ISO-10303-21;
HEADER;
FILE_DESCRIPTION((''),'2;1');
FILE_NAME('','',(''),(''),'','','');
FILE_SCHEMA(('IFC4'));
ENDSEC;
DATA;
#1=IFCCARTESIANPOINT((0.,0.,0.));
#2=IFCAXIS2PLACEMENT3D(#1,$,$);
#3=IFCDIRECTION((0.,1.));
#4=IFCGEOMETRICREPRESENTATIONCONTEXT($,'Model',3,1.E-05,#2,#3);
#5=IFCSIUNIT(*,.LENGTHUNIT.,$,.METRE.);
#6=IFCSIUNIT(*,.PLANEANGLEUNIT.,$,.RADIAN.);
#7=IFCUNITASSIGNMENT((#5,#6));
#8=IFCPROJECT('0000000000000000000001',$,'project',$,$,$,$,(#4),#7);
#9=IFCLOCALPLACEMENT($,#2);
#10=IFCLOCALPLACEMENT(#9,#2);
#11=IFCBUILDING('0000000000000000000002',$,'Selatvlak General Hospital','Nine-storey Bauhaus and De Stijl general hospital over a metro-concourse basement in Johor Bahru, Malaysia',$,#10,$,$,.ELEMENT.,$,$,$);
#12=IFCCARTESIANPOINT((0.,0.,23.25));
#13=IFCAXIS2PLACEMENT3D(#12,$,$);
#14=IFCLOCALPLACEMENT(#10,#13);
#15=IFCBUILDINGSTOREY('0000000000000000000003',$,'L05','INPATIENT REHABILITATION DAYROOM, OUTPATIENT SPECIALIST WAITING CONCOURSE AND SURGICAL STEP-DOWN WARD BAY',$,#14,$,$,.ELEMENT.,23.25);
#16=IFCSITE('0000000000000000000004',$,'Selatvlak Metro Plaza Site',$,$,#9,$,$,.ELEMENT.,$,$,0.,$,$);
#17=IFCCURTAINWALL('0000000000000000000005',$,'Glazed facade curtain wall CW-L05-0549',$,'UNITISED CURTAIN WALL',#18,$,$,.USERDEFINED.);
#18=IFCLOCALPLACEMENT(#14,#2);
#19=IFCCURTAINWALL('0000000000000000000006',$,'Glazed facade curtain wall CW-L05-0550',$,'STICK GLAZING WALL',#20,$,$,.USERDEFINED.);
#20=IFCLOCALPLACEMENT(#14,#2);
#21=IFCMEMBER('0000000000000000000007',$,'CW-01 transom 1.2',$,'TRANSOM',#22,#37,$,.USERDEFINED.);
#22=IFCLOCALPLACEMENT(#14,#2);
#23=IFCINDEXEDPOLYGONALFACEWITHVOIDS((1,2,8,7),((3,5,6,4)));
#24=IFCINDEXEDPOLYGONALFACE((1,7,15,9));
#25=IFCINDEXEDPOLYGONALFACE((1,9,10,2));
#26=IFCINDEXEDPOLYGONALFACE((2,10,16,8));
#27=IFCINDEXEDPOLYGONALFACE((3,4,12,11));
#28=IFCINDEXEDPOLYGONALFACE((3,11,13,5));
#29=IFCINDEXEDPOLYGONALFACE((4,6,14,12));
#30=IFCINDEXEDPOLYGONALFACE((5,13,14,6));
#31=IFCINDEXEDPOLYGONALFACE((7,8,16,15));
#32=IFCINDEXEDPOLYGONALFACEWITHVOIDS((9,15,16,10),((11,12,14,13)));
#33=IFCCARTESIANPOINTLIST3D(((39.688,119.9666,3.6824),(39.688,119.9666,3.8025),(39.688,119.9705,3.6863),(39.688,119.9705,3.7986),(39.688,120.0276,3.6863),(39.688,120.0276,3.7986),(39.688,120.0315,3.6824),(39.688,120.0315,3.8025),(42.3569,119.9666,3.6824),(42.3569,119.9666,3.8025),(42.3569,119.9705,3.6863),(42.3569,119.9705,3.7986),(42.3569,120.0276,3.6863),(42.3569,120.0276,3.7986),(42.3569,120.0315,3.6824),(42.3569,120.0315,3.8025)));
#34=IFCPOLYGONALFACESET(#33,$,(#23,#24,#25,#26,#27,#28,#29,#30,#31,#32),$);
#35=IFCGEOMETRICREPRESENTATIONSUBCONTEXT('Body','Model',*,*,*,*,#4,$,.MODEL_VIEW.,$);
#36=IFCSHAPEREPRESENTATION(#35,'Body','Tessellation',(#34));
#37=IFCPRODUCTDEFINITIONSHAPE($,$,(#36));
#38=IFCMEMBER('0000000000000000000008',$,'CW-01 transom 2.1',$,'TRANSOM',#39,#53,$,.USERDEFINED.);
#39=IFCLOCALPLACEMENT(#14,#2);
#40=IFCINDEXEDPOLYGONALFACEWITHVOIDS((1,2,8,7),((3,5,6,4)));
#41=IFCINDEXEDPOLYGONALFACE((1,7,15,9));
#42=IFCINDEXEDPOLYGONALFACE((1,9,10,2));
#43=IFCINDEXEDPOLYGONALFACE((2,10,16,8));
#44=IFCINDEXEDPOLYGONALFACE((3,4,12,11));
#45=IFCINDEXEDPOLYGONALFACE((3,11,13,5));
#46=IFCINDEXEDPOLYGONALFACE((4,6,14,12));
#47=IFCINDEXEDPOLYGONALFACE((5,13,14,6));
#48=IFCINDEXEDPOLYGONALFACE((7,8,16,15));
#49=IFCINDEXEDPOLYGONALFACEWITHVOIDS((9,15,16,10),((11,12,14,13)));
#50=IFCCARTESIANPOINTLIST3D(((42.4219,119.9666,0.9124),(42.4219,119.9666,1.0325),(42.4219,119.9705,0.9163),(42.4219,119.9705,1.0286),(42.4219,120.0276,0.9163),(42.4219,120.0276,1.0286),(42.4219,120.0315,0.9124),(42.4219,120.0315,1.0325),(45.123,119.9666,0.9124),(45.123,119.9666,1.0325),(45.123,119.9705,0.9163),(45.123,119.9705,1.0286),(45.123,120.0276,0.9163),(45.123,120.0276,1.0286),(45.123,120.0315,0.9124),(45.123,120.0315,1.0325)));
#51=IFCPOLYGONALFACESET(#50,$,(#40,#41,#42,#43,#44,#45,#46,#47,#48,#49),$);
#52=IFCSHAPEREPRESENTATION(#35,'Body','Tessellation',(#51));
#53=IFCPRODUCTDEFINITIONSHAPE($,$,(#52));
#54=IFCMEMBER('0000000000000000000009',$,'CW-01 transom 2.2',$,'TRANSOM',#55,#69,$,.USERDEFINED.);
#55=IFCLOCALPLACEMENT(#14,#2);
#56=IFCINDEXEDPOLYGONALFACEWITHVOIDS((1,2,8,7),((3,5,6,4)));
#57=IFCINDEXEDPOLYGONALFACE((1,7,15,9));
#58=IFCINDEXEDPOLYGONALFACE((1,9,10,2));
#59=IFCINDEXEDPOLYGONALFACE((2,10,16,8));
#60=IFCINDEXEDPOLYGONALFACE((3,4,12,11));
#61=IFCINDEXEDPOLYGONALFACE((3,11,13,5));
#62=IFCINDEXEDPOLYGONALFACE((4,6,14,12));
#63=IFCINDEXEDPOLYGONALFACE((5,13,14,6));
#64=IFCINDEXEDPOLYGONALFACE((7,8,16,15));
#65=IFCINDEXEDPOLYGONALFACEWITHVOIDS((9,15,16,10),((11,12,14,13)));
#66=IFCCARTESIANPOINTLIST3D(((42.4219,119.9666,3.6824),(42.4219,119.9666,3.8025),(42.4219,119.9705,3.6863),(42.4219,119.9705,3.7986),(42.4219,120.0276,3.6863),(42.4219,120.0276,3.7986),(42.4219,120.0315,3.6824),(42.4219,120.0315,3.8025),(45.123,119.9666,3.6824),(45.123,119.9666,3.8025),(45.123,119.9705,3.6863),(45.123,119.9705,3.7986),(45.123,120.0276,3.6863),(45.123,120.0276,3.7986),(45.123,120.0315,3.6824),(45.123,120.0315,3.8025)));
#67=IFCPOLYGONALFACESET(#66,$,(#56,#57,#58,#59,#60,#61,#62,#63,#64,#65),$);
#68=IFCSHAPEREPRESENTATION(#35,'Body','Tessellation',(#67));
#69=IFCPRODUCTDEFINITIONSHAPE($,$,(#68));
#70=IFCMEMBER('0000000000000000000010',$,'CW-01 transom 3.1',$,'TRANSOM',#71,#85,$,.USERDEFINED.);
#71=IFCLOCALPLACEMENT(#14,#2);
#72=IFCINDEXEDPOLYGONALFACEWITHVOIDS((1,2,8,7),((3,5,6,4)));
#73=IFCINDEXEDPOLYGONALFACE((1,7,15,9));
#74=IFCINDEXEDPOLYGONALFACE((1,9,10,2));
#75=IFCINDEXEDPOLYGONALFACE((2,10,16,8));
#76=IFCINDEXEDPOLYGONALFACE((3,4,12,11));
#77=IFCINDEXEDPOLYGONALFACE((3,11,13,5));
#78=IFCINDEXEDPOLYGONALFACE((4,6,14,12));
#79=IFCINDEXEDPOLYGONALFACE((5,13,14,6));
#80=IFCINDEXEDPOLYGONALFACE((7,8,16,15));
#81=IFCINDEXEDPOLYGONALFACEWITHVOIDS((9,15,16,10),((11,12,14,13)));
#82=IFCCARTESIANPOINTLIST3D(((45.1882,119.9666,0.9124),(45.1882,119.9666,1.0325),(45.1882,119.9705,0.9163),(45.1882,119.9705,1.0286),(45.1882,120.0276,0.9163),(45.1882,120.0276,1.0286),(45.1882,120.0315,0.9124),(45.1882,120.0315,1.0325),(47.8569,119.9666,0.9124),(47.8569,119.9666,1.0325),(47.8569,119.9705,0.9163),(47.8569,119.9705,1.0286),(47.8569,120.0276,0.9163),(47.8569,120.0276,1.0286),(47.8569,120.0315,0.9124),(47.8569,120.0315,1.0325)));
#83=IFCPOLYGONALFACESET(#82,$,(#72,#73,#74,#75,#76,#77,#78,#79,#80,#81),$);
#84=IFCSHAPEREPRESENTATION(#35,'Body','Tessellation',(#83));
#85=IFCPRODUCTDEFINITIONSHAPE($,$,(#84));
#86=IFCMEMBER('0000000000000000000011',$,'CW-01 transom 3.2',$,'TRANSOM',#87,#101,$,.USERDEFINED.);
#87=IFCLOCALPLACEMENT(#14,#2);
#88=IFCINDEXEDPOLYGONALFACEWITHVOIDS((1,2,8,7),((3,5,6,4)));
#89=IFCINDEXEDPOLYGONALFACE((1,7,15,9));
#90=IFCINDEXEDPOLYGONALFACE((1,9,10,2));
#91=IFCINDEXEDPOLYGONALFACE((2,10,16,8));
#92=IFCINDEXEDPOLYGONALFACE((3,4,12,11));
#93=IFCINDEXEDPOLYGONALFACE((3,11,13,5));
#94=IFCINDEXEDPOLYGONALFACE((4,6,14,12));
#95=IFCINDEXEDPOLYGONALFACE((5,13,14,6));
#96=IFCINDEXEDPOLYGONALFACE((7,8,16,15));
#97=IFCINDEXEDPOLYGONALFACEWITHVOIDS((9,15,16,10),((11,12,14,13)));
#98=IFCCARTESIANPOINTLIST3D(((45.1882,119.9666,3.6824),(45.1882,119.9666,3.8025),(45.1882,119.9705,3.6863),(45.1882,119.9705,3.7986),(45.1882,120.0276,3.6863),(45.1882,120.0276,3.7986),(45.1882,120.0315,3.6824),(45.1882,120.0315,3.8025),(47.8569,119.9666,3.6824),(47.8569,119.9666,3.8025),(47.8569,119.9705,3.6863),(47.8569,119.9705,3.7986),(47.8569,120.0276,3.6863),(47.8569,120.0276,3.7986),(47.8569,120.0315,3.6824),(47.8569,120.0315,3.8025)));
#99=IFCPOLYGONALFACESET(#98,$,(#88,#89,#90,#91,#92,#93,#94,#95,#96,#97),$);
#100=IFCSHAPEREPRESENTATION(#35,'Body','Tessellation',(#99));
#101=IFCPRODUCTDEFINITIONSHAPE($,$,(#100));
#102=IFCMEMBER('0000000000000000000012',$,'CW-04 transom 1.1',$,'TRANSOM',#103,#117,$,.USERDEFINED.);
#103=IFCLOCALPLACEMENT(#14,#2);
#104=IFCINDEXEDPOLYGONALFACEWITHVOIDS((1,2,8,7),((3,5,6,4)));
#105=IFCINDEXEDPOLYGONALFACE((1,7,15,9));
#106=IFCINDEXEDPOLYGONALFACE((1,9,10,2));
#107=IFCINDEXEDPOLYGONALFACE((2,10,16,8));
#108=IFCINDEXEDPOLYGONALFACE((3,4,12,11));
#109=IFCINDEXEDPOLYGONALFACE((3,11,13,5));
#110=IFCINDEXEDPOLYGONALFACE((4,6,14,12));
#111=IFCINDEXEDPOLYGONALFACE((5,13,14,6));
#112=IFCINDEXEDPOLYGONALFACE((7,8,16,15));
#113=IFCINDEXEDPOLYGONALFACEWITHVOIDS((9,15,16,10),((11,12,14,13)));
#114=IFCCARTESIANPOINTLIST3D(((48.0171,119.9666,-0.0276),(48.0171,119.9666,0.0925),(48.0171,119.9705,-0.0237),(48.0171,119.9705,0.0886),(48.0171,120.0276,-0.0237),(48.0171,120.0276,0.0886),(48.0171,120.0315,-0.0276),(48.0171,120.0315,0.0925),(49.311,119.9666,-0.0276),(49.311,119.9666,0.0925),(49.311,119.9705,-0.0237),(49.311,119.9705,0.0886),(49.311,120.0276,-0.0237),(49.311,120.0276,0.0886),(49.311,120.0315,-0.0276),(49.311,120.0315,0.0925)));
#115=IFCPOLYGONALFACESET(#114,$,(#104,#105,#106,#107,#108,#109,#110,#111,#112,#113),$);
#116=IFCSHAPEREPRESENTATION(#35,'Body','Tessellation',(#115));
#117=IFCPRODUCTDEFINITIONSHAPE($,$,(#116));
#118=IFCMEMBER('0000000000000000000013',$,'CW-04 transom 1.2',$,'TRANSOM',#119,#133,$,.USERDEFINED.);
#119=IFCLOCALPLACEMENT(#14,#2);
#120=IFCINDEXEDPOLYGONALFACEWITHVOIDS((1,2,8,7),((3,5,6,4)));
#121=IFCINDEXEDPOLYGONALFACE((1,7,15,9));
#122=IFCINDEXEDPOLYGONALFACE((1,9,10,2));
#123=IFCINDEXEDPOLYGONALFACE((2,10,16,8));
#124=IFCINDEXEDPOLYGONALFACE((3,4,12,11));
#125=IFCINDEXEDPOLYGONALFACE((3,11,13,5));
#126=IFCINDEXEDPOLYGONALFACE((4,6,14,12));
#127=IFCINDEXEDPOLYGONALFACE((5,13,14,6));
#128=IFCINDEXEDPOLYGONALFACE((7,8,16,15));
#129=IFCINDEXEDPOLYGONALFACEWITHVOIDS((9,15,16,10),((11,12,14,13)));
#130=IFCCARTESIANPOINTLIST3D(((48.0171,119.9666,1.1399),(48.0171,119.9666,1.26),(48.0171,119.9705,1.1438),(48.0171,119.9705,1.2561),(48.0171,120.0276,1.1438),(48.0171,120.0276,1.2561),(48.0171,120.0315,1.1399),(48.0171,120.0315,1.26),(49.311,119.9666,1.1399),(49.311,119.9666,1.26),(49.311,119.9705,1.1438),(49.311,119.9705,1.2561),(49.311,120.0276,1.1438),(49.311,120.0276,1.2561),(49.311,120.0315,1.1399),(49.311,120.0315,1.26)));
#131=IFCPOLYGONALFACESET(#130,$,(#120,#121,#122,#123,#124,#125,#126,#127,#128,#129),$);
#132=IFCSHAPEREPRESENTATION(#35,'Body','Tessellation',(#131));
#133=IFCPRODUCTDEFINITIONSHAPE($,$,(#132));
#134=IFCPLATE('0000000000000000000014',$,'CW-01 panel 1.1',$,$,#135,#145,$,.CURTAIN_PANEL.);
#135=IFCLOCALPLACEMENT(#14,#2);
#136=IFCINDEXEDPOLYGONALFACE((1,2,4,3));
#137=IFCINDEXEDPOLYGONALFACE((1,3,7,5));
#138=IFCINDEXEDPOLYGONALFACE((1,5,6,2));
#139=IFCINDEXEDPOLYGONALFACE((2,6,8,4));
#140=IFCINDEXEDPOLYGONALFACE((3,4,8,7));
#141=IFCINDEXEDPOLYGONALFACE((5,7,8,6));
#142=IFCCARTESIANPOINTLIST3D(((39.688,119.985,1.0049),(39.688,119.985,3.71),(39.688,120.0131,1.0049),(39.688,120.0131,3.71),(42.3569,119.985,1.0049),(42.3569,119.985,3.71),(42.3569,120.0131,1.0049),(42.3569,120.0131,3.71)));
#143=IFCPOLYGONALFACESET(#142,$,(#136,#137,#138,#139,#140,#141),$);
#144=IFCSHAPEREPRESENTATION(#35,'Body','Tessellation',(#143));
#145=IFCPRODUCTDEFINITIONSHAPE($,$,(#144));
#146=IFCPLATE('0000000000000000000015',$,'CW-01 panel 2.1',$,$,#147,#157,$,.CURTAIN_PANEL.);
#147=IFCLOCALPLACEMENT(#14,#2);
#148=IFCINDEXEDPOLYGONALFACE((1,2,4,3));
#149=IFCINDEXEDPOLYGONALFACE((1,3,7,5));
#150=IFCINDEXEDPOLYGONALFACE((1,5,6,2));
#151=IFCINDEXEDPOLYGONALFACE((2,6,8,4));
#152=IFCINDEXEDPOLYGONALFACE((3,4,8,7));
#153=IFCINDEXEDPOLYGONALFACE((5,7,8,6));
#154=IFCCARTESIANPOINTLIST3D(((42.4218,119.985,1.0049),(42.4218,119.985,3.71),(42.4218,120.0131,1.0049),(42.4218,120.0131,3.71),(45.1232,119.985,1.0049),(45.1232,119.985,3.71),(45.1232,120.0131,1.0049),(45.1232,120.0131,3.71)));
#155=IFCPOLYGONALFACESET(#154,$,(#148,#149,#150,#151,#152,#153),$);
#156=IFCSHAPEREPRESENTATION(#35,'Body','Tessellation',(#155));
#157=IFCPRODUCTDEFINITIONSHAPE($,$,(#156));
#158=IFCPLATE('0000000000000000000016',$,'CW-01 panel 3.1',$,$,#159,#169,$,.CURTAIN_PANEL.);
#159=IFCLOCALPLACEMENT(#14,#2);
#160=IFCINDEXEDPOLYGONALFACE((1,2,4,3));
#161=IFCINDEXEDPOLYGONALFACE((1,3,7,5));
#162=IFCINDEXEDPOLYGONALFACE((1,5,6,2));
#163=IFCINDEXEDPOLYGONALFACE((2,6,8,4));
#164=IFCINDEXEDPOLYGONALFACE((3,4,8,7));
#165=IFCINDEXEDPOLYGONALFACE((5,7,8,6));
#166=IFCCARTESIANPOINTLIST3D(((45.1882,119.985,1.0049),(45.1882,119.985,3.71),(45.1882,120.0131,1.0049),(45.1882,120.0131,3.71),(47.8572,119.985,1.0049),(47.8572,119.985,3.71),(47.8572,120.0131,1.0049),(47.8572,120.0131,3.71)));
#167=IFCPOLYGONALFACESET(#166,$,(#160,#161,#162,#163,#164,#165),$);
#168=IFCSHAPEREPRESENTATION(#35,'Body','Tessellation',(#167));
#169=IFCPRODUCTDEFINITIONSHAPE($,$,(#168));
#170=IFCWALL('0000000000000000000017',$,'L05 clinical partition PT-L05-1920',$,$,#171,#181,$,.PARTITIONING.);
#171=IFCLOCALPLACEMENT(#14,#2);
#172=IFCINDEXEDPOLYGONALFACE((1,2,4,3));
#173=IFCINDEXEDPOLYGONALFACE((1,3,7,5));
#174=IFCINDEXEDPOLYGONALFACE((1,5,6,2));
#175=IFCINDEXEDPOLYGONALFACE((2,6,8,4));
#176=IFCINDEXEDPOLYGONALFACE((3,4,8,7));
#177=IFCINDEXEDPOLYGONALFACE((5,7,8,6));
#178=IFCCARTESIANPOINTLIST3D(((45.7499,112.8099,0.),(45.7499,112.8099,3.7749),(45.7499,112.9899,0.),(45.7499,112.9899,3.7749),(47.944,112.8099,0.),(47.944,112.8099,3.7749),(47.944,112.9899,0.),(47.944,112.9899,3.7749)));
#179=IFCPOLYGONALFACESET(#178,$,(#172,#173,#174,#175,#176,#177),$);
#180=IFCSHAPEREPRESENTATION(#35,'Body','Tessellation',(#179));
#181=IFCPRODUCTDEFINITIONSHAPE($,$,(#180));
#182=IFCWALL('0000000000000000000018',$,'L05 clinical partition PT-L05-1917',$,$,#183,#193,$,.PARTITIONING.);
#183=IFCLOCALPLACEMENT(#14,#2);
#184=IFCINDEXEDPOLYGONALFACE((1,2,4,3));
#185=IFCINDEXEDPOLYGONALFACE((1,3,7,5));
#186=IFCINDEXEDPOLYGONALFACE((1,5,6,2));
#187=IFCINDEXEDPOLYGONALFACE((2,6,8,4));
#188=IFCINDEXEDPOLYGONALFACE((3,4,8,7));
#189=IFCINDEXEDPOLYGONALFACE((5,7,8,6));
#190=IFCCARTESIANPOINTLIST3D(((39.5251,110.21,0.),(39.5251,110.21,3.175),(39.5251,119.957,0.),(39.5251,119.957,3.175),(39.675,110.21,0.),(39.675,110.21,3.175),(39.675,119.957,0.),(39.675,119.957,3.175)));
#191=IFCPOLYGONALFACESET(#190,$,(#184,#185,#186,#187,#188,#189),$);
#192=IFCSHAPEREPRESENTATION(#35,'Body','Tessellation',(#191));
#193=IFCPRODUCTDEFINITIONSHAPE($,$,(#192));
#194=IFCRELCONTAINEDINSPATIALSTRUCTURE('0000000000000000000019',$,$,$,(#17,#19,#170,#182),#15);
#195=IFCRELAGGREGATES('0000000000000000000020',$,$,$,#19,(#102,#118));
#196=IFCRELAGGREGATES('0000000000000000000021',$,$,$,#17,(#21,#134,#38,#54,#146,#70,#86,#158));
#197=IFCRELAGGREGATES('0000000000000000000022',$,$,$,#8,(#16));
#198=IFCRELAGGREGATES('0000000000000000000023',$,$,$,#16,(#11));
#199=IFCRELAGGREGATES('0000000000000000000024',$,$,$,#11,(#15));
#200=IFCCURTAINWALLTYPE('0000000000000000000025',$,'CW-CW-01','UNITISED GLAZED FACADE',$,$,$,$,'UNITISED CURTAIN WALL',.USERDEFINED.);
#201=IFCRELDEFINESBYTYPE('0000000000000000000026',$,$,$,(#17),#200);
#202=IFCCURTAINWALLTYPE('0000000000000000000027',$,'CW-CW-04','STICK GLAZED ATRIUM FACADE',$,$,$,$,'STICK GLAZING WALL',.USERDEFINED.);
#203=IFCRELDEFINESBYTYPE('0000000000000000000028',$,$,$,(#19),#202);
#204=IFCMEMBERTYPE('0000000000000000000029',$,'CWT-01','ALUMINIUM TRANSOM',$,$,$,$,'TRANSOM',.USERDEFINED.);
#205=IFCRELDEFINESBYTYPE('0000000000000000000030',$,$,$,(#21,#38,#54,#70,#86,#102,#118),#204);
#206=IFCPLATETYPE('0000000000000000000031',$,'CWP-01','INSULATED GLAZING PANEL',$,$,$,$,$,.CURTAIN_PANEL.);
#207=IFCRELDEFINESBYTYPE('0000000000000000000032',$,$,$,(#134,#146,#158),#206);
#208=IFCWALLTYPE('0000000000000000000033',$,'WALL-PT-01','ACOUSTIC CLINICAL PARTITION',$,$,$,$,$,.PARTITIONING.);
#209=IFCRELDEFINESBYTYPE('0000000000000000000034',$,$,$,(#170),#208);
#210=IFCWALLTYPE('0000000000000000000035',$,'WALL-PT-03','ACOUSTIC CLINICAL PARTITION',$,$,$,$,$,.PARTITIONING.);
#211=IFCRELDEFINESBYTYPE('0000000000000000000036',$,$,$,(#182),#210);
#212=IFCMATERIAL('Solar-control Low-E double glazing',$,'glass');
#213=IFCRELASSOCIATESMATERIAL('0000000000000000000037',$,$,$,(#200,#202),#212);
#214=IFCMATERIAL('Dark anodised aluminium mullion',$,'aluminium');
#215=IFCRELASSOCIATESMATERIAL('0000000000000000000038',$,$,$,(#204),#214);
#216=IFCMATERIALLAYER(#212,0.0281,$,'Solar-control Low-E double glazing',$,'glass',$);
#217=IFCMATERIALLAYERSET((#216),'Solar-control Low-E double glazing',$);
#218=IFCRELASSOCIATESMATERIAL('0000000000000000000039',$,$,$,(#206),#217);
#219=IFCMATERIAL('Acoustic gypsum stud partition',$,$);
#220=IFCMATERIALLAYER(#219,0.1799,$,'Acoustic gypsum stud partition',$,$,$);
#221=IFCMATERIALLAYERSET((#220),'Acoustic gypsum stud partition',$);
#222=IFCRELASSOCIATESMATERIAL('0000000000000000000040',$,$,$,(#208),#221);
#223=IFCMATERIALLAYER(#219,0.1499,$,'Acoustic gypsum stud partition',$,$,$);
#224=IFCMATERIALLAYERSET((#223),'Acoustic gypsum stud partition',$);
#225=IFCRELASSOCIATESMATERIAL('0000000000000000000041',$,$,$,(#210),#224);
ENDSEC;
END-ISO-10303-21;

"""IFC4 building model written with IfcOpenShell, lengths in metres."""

from ifc_helpers import new_model, si_unit, direction, frame, frame_2d, origin, origin_2d, place, context, subcontext, project, spatial, rectangle, hollow_rectangle, extrude, material, layer, layer_set, material_profile, profile_set, type_object, element, aggregate, save


model = new_model("IFC4")

# Units and contexts
model_context = context("Model", 3, precision=1e-05, world=origin(), true_north=direction((0.0, 1.0)))
body_context = subcontext(model_context, "Body", "Model", "MODEL_VIEW")
ifc_project = project(units=[si_unit("LENGTHUNIT", "METRE"), si_unit("PLANEANGLEUNIT", "RADIAN")], contexts=[model_context])

# Site, building, storey
site_placement = place(None, origin())
site = spatial("IfcSite", under=ifc_project, at=site_placement, Name="Selatvlak Metro Plaza Site", CompositionType="ELEMENT", RefElevation=0.0)
building_placement = place(site_placement, origin())
building = spatial("IfcBuilding", under=site, at=building_placement, Name="Selatvlak General Hospital", Description="Nine-storey Bauhaus and De Stijl general hospital over a metro-concourse basement in Johor Bahru, Malaysia", CompositionType="ELEMENT")
storey_placement = place(building_placement, frame((0.0, 0.0, 23.25)))
storey = spatial("IfcBuildingStorey", under=building, at=storey_placement, Name="L05", Description="INPATIENT REHABILITATION DAYROOM, OUTPATIENT SPECIALIST WAITING CONCOURSE AND SURGICAL STEP-DOWN WARD BAY", CompositionType="ELEMENT", Elevation=23.25)

# Curtain wall
ifc_material_1 = material(Name="Solar-control Low-E double glazing", Category="glass")
curtain_wall_type_1 = type_object("IfcCurtainWallType", Name="CW-CW-01", Description="UNITISED GLAZED FACADE", ElementType="UNITISED CURTAIN WALL", PredefinedType="USERDEFINED", material=ifc_material_1)
curtain_wall_1_placement = place(storey_placement, origin())
curtain_wall_1 = element("IfcCurtainWall", 1, at=curtain_wall_1_placement, inside=storey, type_object=curtain_wall_type_1, Name="Glazed facade curtain wall CW-L05-0549", ObjectType="UNITISED CURTAIN WALL", PredefinedType="USERDEFINED")
ifc_material_2 = material(Name="Dark anodised aluminium mullion", Category="aluminium")

# Curtain wall
curtain_wall_type_2 = type_object("IfcCurtainWallType", Name="CW-CW-04", Description="STICK GLAZED ATRIUM FACADE", ElementType="STICK GLAZING WALL", PredefinedType="USERDEFINED", material=ifc_material_1)
curtain_wall_2_placement = place(storey_placement, origin())
curtain_wall_2 = element("IfcCurtainWall", 2, at=curtain_wall_2_placement, inside=storey, type_object=curtain_wall_type_2, Name="Glazed facade curtain wall CW-L05-0550", ObjectType="STICK GLAZING WALL", PredefinedType="USERDEFINED")

# Members
ifc_material_profile_1 = material_profile(ifc_material_2, hollow_rectangle(XDim=0.0649, YDim=0.1201, WallThickness=0.0039, at=origin_2d()), Name="AL-TRN 65x120x4")
ifc_profile_set_1 = profile_set([ifc_material_profile_1], Name="Dark anodised aluminium mullion")
member_type_1 = type_object("IfcMemberType", Name="CWT-01", Description="ALUMINIUM TRANSOM", ElementType="TRANSOM", PredefinedType="USERDEFINED", material=ifc_profile_set_1)
member_1_placement = place(storey_placement, frame((39.688, 119.999, 3.7424), z_axis=(1.0, 0.0, 0.0), x_axis=(0.0, 1.0, 0.0)))
member_1 = element("IfcMember", 3, at=member_1_placement, type_object=member_type_1, Name="CW-01 transom 1.2", ObjectType="TRANSOM", PredefinedType="USERDEFINED", context=body_context, shape_type="SweptSolid", body=[
    extrude(hollow_rectangle(XDim=0.0649, YDim=0.1201, WallThickness=0.0039, at=origin_2d()), origin(), (0.0, 0.0, 1.0), 2.6689),
])
member_2_placement = place(storey_placement, frame((42.4219, 119.999, 0.9724), z_axis=(1.0, 0.0, 0.0), x_axis=(0.0, 1.0, 0.0)))
member_2 = element("IfcMember", 4, at=member_2_placement, type_object=member_type_1, Name="CW-01 transom 2.1", ObjectType="TRANSOM", PredefinedType="USERDEFINED", context=body_context, shape_type="SweptSolid", body=[
    extrude(hollow_rectangle(XDim=0.0649, YDim=0.1201, WallThickness=0.0039, at=origin_2d()), origin(), (0.0, 0.0, 1.0), 2.7012),
])
member_3_placement = place(storey_placement, frame((42.4219, 119.999, 3.7424), z_axis=(1.0, 0.0, 0.0), x_axis=(0.0, 1.0, 0.0)))
member_3 = element("IfcMember", 5, at=member_3_placement, type_object=member_type_1, Name="CW-01 transom 2.2", ObjectType="TRANSOM", PredefinedType="USERDEFINED", context=body_context, shape_type="SweptSolid", body=[
    extrude(hollow_rectangle(XDim=0.0649, YDim=0.1201, WallThickness=0.0039, at=origin_2d()), origin(), (0.0, 0.0, 1.0), 2.7012),
])
member_4_placement = place(storey_placement, frame((45.1882, 119.999, 0.9724), z_axis=(1.0, 0.0, 0.0), x_axis=(0.0, 1.0, 0.0)))
member_4 = element("IfcMember", 6, at=member_4_placement, type_object=member_type_1, Name="CW-01 transom 3.1", ObjectType="TRANSOM", PredefinedType="USERDEFINED", context=body_context, shape_type="SweptSolid", body=[
    extrude(hollow_rectangle(XDim=0.0649, YDim=0.1201, WallThickness=0.0039, at=origin_2d()), origin(), (0.0, 0.0, 1.0), 2.6687),
])
member_5_placement = place(storey_placement, frame((45.1882, 119.999, 3.7424), z_axis=(1.0, 0.0, 0.0), x_axis=(0.0, 1.0, 0.0)))
member_5 = element("IfcMember", 7, at=member_5_placement, type_object=member_type_1, Name="CW-01 transom 3.2", ObjectType="TRANSOM", PredefinedType="USERDEFINED", context=body_context, shape_type="SweptSolid", body=[
    extrude(hollow_rectangle(XDim=0.0649, YDim=0.1201, WallThickness=0.0039, at=origin_2d()), origin(), (0.0, 0.0, 1.0), 2.6687),
])
member_6_placement = place(storey_placement, frame((48.0171, 119.999, 0.0325), z_axis=(1.0, 0.0, 0.0), x_axis=(0.0, 1.0, 0.0)))
member_6 = element("IfcMember", 8, at=member_6_placement, type_object=member_type_1, Name="CW-04 transom 1.1", ObjectType="TRANSOM", PredefinedType="USERDEFINED", context=body_context, shape_type="SweptSolid", body=[
    extrude(hollow_rectangle(XDim=0.0649, YDim=0.1201, WallThickness=0.0039, at=origin_2d()), origin(), (0.0, 0.0, 1.0), 1.2939),
])
member_7_placement = place(storey_placement, frame((48.0171, 119.999, 1.2), z_axis=(1.0, 0.0, 0.0), x_axis=(0.0, 1.0, 0.0)))
member_7 = element("IfcMember", 9, at=member_7_placement, type_object=member_type_1, Name="CW-04 transom 1.2", ObjectType="TRANSOM", PredefinedType="USERDEFINED", context=body_context, shape_type="SweptSolid", body=[
    extrude(hollow_rectangle(XDim=0.0649, YDim=0.1201, WallThickness=0.0039, at=origin_2d()), origin(), (0.0, 0.0, 1.0), 1.2939),
])
aggregate(curtain_wall_2, [member_6, member_7])

# Plates
ifc_layer_1 = layer(ifc_material_1, 0.0281, Name="Solar-control Low-E double glazing", Category="glass")
ifc_layer_set_1 = layer_set([ifc_layer_1], Name="Solar-control Low-E double glazing")
plate_type = type_object("IfcPlateType", Name="CWP-01", Description="INSULATED GLAZING PANEL", PredefinedType="CURTAIN_PANEL", material=ifc_layer_set_1)
plate_1_placement = place(storey_placement, frame((41.0225, 119.999, 1.0049), z_axis=(0.0, 0.0, 1.0), x_axis=(1.0, 0.0, 0.0)))
plate_1 = element("IfcPlate", 10, at=plate_1_placement, type_object=plate_type, Name="CW-01 panel 1.1", PredefinedType="CURTAIN_PANEL", context=body_context, shape_type="SweptSolid", body=[
    extrude(rectangle(XDim=2.6689, YDim=0.0281, at=origin_2d()), origin(), (0.0, 0.0, 1.0), 2.7051),
])
plate_2_placement = place(storey_placement, frame((43.7725, 119.999, 1.0049), z_axis=(0.0, 0.0, 1.0), x_axis=(1.0, 0.0, 0.0)))
plate_2 = element("IfcPlate", 11, at=plate_2_placement, type_object=plate_type, Name="CW-01 panel 2.1", PredefinedType="CURTAIN_PANEL", context=body_context, shape_type="SweptSolid", body=[
    extrude(rectangle(XDim=2.7014, YDim=0.0281, at=origin_2d()), origin(), (0.0, 0.0, 1.0), 2.7051),
])
plate_3_placement = place(storey_placement, frame((46.5227, 119.999, 1.0049), z_axis=(0.0, 0.0, 1.0), x_axis=(1.0, 0.0, 0.0)))
plate_3 = element("IfcPlate", 12, at=plate_3_placement, type_object=plate_type, Name="CW-01 panel 3.1", PredefinedType="CURTAIN_PANEL", context=body_context, shape_type="SweptSolid", body=[
    extrude(rectangle(XDim=2.6689, YDim=0.0281, at=origin_2d()), origin(), (0.0, 0.0, 1.0), 2.7051),
])
aggregate(curtain_wall_1, [member_1, plate_1, member_2, member_3, plate_2, member_4, member_5, plate_3])

# Wall
ifc_material_3 = material(Name="Acoustic gypsum stud partition")
ifc_layer_2 = layer(ifc_material_3, 0.1799, Name="Acoustic gypsum stud partition")
ifc_layer_set_2 = layer_set([ifc_layer_2], Name="Acoustic gypsum stud partition")
wall_type_1 = type_object("IfcWallType", Name="WALL-PT-01", Description="ACOUSTIC CLINICAL PARTITION", PredefinedType="PARTITIONING", material=ifc_layer_set_2)
wall_1_placement = place(storey_placement, frame((47.9441, 112.8999, 0.0), z_axis=(0.0, 0.0, 1.0), x_axis=(-1.0, 0.0, 0.0)))
element("IfcWall", 13, at=wall_1_placement, inside=storey, type_object=wall_type_1, Name="L05 clinical partition PT-L05-1920", PredefinedType="PARTITIONING", context=body_context, shape_type="SweptSolid", body=[
    extrude(rectangle(XDim=2.1941, YDim=0.1799, at=frame_2d((1.0972, 0.0))), origin(), (0.0, 0.0, 1.0), 3.7749),
])

# Wall
ifc_layer_3 = layer(ifc_material_3, 0.1499, Name="Acoustic gypsum stud partition")
ifc_layer_set_3 = layer_set([ifc_layer_3], Name="Acoustic gypsum stud partition")
wall_type_2 = type_object("IfcWallType", Name="WALL-PT-03", Description="ACOUSTIC CLINICAL PARTITION", PredefinedType="PARTITIONING", material=ifc_layer_set_3)
wall_2_placement = place(storey_placement, frame((39.6001, 119.957, 0.0), z_axis=(0.0, 0.0, 1.0), x_axis=(0.0, -1.0, 0.0)))
element("IfcWall", 14, at=wall_2_placement, inside=storey, type_object=wall_type_2, Name="L05 clinical partition PT-L05-1917", PredefinedType="PARTITIONING", context=body_context, shape_type="SweptSolid", body=[
    extrude(rectangle(XDim=9.7471, YDim=0.1499, at=frame_2d((4.8735, 0.0))), origin(), (0.0, 0.0, 1.0), 3.175),
])

save(model, "model.ifc")
